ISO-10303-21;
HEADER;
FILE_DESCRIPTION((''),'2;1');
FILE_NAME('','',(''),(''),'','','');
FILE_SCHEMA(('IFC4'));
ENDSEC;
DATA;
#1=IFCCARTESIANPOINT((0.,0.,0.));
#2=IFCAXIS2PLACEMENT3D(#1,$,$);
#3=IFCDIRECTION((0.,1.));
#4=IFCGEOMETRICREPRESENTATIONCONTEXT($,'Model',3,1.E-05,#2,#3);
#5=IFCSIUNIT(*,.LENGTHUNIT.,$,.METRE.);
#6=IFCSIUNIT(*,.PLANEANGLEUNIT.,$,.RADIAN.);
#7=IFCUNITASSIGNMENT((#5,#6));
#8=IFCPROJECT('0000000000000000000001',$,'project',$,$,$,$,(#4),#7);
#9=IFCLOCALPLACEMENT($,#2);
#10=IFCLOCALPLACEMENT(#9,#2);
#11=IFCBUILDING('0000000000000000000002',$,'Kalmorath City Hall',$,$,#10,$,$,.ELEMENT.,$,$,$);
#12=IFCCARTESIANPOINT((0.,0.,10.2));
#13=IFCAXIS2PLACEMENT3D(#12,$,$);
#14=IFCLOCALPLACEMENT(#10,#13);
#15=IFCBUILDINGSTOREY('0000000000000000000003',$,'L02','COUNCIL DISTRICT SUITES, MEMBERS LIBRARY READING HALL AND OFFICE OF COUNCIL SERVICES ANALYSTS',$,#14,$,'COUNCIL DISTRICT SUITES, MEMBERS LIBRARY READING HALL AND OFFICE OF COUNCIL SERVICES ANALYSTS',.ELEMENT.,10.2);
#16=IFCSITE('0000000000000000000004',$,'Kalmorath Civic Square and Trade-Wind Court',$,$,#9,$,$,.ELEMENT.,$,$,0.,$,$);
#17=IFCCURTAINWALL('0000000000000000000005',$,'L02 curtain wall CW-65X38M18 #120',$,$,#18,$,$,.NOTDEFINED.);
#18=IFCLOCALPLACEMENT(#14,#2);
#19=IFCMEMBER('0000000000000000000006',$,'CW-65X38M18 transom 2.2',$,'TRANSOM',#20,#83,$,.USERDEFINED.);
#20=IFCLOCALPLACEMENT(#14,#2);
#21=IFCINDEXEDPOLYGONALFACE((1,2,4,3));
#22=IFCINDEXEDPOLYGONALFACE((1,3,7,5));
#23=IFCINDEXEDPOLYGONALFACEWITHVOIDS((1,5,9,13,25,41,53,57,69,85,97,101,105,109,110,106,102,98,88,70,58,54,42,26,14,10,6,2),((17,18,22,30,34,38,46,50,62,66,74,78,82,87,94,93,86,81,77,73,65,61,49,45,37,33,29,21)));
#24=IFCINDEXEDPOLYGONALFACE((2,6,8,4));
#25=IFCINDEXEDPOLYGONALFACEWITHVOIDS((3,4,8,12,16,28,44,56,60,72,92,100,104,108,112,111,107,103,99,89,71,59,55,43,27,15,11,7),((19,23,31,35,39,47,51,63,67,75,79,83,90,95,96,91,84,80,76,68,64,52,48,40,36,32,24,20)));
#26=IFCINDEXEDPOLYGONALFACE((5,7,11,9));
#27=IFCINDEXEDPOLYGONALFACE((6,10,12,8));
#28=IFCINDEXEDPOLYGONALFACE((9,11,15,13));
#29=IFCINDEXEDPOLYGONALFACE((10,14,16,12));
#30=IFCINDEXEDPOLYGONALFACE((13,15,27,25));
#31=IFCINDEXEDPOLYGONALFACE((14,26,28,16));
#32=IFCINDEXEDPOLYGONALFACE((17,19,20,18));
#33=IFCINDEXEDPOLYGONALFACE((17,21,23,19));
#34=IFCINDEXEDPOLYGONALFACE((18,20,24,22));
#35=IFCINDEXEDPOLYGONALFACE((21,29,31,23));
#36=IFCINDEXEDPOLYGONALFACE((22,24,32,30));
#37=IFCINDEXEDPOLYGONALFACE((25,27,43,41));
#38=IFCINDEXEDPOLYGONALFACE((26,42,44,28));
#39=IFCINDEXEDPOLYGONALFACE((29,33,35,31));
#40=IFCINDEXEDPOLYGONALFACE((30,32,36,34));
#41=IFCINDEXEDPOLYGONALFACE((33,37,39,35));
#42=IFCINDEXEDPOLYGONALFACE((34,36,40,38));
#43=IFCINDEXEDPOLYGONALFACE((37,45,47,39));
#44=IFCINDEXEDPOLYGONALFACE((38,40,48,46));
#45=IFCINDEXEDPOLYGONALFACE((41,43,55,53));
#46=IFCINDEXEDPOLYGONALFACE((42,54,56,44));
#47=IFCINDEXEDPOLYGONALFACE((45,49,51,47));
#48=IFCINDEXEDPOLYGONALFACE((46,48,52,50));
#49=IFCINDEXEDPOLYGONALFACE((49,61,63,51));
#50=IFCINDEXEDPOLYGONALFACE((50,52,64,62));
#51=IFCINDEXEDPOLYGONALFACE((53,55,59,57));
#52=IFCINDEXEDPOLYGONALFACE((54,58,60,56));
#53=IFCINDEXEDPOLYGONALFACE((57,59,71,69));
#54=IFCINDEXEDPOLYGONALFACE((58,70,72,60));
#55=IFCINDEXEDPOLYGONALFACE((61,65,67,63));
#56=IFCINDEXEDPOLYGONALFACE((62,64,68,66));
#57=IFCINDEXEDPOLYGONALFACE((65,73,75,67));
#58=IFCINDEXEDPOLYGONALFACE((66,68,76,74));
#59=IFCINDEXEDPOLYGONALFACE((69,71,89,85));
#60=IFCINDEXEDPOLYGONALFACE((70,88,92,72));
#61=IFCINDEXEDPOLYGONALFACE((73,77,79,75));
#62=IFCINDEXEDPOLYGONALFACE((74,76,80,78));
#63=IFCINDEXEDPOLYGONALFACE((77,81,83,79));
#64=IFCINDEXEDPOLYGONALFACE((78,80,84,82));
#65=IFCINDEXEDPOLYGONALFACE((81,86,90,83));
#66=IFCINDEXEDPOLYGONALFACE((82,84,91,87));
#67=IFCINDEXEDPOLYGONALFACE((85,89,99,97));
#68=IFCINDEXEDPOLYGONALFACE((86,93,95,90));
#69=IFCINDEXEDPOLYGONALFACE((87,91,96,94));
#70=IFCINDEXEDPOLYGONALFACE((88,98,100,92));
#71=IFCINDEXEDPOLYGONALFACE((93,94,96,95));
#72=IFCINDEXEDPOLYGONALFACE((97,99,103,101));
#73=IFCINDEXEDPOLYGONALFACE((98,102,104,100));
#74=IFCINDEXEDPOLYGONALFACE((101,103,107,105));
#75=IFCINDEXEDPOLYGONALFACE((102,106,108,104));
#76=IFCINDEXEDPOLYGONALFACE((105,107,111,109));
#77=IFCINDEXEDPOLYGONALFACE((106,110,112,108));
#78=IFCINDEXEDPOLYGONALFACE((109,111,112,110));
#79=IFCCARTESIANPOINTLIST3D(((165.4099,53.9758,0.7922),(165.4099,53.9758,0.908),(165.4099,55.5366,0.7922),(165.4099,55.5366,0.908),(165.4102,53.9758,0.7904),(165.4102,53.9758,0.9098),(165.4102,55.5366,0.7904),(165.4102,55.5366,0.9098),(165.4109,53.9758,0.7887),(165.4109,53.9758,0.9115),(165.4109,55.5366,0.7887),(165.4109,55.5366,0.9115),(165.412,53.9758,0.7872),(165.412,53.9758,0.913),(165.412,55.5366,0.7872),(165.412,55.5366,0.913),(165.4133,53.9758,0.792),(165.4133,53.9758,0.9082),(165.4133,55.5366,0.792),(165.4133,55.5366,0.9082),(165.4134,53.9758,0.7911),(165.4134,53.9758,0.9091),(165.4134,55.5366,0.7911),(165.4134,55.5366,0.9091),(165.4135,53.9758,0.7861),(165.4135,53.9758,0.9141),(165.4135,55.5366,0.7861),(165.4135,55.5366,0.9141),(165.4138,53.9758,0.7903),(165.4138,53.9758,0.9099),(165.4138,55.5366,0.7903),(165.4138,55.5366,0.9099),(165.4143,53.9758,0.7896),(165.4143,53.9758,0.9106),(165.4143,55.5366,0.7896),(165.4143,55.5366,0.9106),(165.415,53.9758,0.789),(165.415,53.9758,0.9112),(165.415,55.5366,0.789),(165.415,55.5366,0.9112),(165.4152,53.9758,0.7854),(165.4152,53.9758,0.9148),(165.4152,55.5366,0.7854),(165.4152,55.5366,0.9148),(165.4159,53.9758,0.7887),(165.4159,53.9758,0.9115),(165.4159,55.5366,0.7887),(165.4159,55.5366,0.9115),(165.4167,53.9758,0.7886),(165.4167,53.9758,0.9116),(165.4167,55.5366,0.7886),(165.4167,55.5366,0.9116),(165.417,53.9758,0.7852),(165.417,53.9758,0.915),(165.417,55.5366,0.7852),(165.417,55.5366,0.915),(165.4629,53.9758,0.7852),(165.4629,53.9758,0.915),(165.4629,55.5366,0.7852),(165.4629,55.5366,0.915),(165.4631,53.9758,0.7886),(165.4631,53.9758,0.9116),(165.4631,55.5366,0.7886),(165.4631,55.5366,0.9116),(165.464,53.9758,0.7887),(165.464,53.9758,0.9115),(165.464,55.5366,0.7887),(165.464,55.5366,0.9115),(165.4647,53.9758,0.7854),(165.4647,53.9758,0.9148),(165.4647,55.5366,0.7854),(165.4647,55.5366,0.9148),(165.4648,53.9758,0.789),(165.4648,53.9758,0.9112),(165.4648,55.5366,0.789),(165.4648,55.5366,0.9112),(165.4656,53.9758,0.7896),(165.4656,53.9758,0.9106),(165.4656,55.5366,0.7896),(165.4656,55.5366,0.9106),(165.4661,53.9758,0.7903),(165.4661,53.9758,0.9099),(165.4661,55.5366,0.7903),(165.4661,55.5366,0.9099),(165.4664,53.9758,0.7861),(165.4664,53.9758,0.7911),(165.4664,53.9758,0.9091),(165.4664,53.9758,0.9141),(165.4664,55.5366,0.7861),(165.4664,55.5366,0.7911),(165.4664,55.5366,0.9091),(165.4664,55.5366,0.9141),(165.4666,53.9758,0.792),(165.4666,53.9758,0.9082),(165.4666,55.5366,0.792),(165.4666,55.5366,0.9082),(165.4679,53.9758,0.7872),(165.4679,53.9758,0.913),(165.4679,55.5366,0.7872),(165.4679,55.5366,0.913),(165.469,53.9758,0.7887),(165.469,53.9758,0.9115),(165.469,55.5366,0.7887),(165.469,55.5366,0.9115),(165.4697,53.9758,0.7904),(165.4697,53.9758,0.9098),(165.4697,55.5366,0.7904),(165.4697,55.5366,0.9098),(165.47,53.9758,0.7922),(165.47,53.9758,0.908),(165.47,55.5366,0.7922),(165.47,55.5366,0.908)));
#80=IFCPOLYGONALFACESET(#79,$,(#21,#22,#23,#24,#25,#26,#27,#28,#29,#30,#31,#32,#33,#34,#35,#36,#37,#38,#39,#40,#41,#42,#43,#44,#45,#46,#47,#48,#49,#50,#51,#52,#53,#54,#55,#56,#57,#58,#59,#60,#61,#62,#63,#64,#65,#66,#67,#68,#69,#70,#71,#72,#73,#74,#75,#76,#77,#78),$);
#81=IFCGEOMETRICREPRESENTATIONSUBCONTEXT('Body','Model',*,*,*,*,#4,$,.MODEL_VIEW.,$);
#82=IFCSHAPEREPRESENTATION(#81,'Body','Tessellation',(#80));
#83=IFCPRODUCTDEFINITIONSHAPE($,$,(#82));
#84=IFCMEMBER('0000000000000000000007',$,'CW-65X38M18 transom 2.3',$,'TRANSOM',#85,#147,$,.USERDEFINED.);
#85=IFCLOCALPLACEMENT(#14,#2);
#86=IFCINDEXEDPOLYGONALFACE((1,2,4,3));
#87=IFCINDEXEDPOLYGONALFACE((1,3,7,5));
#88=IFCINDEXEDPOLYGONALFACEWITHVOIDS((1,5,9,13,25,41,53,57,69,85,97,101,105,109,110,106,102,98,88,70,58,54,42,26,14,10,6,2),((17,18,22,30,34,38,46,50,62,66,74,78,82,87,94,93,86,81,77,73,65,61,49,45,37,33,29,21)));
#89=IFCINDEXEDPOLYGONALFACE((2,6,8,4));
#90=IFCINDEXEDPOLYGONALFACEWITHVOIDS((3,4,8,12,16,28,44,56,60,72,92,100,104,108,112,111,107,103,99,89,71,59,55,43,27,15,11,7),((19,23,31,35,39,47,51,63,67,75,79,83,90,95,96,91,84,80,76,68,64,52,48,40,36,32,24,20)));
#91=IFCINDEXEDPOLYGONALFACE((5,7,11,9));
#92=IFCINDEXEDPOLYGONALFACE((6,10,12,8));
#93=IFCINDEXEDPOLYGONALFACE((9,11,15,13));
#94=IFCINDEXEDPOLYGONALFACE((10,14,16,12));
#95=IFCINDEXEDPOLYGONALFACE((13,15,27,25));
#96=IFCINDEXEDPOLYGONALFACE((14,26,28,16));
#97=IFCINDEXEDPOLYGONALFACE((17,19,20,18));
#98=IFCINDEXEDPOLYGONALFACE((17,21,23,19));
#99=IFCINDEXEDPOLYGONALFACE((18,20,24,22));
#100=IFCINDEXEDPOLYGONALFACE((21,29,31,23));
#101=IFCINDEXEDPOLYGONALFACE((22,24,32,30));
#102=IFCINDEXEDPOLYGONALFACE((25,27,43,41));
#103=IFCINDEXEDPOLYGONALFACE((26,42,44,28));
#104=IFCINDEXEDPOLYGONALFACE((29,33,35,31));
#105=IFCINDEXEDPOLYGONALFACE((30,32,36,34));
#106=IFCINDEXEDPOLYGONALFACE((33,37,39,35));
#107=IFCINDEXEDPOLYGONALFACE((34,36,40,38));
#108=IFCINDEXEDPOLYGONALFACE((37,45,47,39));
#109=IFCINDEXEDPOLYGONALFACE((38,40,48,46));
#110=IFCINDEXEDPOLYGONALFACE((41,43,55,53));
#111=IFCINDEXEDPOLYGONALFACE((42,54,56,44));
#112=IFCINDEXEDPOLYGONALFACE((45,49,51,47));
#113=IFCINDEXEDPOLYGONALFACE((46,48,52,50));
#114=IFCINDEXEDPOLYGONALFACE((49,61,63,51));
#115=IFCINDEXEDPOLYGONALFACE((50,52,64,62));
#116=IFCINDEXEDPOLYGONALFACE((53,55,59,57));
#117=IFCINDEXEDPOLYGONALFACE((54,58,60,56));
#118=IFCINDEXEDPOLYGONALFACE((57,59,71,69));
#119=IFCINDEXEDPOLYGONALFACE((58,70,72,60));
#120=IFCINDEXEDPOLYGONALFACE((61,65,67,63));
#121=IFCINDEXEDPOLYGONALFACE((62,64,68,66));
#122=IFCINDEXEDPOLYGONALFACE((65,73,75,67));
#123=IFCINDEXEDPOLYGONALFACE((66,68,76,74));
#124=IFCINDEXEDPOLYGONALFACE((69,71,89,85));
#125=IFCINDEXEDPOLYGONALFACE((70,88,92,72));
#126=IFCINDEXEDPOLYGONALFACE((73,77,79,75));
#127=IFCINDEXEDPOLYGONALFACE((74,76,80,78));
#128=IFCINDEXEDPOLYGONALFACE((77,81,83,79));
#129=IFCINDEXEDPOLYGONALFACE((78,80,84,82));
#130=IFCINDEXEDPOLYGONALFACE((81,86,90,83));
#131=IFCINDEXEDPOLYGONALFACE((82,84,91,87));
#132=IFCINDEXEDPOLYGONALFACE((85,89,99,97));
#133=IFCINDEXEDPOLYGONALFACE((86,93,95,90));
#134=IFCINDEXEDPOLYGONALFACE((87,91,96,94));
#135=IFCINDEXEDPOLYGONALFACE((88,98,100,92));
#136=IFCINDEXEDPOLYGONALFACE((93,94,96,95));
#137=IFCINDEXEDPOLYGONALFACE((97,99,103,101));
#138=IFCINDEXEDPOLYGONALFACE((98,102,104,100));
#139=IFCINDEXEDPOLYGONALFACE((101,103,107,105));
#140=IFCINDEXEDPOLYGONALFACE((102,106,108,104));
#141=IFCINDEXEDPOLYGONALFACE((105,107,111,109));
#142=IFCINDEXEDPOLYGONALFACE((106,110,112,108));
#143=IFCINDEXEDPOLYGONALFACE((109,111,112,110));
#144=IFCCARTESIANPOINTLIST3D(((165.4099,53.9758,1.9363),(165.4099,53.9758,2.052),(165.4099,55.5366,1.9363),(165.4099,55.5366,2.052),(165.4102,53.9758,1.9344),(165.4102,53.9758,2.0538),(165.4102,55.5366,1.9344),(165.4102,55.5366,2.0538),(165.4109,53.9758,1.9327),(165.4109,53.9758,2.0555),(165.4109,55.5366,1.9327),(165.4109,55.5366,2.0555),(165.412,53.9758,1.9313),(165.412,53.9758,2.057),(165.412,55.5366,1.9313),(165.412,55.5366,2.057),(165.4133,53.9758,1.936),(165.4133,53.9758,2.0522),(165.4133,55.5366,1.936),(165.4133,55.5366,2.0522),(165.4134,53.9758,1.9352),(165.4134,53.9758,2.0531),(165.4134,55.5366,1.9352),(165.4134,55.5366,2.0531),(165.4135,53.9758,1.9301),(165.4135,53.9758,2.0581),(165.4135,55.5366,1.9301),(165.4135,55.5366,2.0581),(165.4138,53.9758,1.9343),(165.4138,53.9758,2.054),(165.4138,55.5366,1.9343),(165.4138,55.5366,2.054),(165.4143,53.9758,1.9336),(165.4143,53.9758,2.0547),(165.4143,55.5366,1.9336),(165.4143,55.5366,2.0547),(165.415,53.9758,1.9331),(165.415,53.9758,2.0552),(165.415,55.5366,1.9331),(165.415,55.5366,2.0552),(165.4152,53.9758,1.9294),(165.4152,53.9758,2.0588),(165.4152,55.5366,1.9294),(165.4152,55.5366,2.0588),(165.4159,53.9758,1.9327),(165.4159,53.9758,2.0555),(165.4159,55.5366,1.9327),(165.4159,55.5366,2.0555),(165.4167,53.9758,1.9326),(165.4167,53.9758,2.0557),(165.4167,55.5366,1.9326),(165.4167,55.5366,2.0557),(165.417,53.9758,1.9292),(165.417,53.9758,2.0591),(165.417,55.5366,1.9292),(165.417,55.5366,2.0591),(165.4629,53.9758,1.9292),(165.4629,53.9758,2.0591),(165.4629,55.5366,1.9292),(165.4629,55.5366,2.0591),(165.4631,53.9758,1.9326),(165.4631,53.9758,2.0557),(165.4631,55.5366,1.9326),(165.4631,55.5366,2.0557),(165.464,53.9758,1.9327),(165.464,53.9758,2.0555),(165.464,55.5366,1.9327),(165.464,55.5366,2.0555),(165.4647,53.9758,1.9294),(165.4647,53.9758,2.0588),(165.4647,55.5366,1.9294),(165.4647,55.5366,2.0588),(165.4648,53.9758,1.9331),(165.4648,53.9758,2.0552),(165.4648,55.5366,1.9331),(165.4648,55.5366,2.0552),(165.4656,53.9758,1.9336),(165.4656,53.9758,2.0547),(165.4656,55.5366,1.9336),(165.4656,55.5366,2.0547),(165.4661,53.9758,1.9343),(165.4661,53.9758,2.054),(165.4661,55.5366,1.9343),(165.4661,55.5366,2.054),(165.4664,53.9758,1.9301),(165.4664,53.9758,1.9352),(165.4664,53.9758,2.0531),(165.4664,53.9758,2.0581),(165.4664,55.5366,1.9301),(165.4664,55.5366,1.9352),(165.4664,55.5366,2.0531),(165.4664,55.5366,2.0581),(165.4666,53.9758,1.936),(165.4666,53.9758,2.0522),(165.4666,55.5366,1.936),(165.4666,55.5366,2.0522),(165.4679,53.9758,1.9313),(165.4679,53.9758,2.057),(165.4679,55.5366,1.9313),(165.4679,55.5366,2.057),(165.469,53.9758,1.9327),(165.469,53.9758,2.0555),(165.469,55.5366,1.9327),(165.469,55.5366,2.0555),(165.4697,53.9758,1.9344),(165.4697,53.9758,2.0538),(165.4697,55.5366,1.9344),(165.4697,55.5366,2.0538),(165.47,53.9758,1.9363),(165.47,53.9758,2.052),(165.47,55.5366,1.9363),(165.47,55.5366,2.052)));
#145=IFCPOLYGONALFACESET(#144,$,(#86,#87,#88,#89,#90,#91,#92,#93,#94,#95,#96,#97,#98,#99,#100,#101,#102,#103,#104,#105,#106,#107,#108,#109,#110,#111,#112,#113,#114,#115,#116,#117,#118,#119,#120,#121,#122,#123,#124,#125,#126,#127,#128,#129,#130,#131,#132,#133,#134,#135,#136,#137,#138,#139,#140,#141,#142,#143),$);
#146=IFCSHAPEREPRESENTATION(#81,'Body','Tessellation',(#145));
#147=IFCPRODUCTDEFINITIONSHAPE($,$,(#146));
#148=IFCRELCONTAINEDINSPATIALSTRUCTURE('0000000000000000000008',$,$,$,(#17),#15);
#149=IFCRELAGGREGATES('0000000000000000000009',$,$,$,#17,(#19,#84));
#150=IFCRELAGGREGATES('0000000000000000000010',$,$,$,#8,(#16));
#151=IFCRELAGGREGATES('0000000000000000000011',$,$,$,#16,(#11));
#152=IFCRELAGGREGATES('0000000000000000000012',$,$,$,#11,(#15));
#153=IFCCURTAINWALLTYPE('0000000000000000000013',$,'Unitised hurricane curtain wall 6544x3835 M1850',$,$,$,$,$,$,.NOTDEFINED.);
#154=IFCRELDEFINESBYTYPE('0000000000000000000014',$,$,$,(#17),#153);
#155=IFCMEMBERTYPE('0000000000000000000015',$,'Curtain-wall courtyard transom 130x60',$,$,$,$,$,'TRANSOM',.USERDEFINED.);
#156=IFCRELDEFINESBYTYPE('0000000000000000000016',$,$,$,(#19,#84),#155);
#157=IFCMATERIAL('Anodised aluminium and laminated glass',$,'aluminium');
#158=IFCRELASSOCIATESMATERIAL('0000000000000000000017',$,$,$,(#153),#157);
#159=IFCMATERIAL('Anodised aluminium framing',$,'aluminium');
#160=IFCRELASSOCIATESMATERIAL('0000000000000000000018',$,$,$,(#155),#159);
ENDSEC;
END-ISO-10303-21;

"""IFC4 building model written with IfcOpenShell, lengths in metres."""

from ifc_helpers import new_model, si_unit, direction, frame, origin, origin_2d, place, context, subcontext, project, spatial, hollow_rectangle, extrude, material, material_profile, profile_set, type_object, element, aggregate, save


model = new_model("IFC4")

# Units and contexts
model_context = context("Model", 3, precision=1e-05, world=origin(), true_north=direction((0.0, 1.0)))
body_context = subcontext(model_context, "Body", "Model", "MODEL_VIEW")
ifc_project = project(units=[si_unit("LENGTHUNIT", "METRE"), si_unit("PLANEANGLEUNIT", "RADIAN")], contexts=[model_context])

# Site, building, storey
site_placement = place(None, origin())
site = spatial("IfcSite", under=ifc_project, at=site_placement, Name="Kalmorath Civic Square and Trade-Wind Court", CompositionType="ELEMENT", RefElevation=0.0)
building_placement = place(site_placement, origin())
building = spatial("IfcBuilding", under=site, at=building_placement, Name="Kalmorath City Hall", CompositionType="ELEMENT")
storey_placement = place(building_placement, frame((0.0, 0.0, 10.2)))
storey = spatial("IfcBuildingStorey", under=building, at=storey_placement, Name="L02", Description="COUNCIL DISTRICT SUITES, MEMBERS LIBRARY READING HALL AND OFFICE OF COUNCIL SERVICES ANALYSTS", LongName="COUNCIL DISTRICT SUITES, MEMBERS LIBRARY READING HALL AND OFFICE OF COUNCIL SERVICES ANALYSTS", CompositionType="ELEMENT", Elevation=10.2)

# Curtain wall, members
ifc_material_1 = material(Name="Anodised aluminium and laminated glass", Category="aluminium")
curtain_wall_type = type_object("IfcCurtainWallType", Name="Unitised hurricane curtain wall 6544x3835 M1850", PredefinedType="NOTDEFINED", material=ifc_material_1)
curtain_wall_placement = place(storey_placement, origin())
curtain_wall = element("IfcCurtainWall", 1, at=curtain_wall_placement, inside=storey, type_object=curtain_wall_type, Name="L02 curtain wall CW-65X38M18 #120", PredefinedType="NOTDEFINED")
ifc_material_2 = material(Name="Anodised aluminium framing", Category="aluminium")
ifc_material_profile_1 = material_profile(ifc_material_2, hollow_rectangle(XDim=0.0601, YDim=0.1299, WallThickness=0.0034, InnerFilletRadius=0.0034, OuterFilletRadius=0.0071, at=origin_2d()), Name="ALU-TRN-130X60X3.5")
ifc_profile_set_1 = profile_set([ifc_material_profile_1], Name="Anodised aluminium framing")
member_type_1 = type_object("IfcMemberType", Name="Curtain-wall courtyard transom 130x60", ElementType="TRANSOM", PredefinedType="USERDEFINED", material=ifc_profile_set_1)
member_1_placement = place(storey_placement, frame((165.4399, 55.5366, 0.8501), z_axis=(0.0, -1.0, 0.0), x_axis=(1.0, 0.0, 0.0)))
member_1 = element("IfcMember", 2, at=member_1_placement, type_object=member_type_1, Name="CW-65X38M18 transom 2.2", ObjectType="TRANSOM", PredefinedType="USERDEFINED", context=body_context, shape_type="SweptSolid", body=[
    extrude(hollow_rectangle(XDim=0.0601, YDim=0.1299, WallThickness=0.0034, InnerFilletRadius=0.0034, OuterFilletRadius=0.0071, at=origin_2d()), origin(), (0.0, 0.0, 1.0), 1.5608),
])
member_2_placement = place(storey_placement, frame((165.4399, 55.5366, 1.9941), z_axis=(0.0, -1.0, 0.0), x_axis=(1.0, 0.0, 0.0)))
member_2 = element("IfcMember", 3, at=member_2_placement, type_object=member_type_1, Name="CW-65X38M18 transom 2.3", ObjectType="TRANSOM", PredefinedType="USERDEFINED", context=body_context, shape_type="SweptSolid", body=[
    extrude(hollow_rectangle(XDim=0.0601, YDim=0.1299, WallThickness=0.0034, InnerFilletRadius=0.0034, OuterFilletRadius=0.0071, at=origin_2d()), origin(), (0.0, 0.0, 1.0), 1.5608),
])

aggregate(curtain_wall, [member_1, member_2])

save(model, "model.ifc")
